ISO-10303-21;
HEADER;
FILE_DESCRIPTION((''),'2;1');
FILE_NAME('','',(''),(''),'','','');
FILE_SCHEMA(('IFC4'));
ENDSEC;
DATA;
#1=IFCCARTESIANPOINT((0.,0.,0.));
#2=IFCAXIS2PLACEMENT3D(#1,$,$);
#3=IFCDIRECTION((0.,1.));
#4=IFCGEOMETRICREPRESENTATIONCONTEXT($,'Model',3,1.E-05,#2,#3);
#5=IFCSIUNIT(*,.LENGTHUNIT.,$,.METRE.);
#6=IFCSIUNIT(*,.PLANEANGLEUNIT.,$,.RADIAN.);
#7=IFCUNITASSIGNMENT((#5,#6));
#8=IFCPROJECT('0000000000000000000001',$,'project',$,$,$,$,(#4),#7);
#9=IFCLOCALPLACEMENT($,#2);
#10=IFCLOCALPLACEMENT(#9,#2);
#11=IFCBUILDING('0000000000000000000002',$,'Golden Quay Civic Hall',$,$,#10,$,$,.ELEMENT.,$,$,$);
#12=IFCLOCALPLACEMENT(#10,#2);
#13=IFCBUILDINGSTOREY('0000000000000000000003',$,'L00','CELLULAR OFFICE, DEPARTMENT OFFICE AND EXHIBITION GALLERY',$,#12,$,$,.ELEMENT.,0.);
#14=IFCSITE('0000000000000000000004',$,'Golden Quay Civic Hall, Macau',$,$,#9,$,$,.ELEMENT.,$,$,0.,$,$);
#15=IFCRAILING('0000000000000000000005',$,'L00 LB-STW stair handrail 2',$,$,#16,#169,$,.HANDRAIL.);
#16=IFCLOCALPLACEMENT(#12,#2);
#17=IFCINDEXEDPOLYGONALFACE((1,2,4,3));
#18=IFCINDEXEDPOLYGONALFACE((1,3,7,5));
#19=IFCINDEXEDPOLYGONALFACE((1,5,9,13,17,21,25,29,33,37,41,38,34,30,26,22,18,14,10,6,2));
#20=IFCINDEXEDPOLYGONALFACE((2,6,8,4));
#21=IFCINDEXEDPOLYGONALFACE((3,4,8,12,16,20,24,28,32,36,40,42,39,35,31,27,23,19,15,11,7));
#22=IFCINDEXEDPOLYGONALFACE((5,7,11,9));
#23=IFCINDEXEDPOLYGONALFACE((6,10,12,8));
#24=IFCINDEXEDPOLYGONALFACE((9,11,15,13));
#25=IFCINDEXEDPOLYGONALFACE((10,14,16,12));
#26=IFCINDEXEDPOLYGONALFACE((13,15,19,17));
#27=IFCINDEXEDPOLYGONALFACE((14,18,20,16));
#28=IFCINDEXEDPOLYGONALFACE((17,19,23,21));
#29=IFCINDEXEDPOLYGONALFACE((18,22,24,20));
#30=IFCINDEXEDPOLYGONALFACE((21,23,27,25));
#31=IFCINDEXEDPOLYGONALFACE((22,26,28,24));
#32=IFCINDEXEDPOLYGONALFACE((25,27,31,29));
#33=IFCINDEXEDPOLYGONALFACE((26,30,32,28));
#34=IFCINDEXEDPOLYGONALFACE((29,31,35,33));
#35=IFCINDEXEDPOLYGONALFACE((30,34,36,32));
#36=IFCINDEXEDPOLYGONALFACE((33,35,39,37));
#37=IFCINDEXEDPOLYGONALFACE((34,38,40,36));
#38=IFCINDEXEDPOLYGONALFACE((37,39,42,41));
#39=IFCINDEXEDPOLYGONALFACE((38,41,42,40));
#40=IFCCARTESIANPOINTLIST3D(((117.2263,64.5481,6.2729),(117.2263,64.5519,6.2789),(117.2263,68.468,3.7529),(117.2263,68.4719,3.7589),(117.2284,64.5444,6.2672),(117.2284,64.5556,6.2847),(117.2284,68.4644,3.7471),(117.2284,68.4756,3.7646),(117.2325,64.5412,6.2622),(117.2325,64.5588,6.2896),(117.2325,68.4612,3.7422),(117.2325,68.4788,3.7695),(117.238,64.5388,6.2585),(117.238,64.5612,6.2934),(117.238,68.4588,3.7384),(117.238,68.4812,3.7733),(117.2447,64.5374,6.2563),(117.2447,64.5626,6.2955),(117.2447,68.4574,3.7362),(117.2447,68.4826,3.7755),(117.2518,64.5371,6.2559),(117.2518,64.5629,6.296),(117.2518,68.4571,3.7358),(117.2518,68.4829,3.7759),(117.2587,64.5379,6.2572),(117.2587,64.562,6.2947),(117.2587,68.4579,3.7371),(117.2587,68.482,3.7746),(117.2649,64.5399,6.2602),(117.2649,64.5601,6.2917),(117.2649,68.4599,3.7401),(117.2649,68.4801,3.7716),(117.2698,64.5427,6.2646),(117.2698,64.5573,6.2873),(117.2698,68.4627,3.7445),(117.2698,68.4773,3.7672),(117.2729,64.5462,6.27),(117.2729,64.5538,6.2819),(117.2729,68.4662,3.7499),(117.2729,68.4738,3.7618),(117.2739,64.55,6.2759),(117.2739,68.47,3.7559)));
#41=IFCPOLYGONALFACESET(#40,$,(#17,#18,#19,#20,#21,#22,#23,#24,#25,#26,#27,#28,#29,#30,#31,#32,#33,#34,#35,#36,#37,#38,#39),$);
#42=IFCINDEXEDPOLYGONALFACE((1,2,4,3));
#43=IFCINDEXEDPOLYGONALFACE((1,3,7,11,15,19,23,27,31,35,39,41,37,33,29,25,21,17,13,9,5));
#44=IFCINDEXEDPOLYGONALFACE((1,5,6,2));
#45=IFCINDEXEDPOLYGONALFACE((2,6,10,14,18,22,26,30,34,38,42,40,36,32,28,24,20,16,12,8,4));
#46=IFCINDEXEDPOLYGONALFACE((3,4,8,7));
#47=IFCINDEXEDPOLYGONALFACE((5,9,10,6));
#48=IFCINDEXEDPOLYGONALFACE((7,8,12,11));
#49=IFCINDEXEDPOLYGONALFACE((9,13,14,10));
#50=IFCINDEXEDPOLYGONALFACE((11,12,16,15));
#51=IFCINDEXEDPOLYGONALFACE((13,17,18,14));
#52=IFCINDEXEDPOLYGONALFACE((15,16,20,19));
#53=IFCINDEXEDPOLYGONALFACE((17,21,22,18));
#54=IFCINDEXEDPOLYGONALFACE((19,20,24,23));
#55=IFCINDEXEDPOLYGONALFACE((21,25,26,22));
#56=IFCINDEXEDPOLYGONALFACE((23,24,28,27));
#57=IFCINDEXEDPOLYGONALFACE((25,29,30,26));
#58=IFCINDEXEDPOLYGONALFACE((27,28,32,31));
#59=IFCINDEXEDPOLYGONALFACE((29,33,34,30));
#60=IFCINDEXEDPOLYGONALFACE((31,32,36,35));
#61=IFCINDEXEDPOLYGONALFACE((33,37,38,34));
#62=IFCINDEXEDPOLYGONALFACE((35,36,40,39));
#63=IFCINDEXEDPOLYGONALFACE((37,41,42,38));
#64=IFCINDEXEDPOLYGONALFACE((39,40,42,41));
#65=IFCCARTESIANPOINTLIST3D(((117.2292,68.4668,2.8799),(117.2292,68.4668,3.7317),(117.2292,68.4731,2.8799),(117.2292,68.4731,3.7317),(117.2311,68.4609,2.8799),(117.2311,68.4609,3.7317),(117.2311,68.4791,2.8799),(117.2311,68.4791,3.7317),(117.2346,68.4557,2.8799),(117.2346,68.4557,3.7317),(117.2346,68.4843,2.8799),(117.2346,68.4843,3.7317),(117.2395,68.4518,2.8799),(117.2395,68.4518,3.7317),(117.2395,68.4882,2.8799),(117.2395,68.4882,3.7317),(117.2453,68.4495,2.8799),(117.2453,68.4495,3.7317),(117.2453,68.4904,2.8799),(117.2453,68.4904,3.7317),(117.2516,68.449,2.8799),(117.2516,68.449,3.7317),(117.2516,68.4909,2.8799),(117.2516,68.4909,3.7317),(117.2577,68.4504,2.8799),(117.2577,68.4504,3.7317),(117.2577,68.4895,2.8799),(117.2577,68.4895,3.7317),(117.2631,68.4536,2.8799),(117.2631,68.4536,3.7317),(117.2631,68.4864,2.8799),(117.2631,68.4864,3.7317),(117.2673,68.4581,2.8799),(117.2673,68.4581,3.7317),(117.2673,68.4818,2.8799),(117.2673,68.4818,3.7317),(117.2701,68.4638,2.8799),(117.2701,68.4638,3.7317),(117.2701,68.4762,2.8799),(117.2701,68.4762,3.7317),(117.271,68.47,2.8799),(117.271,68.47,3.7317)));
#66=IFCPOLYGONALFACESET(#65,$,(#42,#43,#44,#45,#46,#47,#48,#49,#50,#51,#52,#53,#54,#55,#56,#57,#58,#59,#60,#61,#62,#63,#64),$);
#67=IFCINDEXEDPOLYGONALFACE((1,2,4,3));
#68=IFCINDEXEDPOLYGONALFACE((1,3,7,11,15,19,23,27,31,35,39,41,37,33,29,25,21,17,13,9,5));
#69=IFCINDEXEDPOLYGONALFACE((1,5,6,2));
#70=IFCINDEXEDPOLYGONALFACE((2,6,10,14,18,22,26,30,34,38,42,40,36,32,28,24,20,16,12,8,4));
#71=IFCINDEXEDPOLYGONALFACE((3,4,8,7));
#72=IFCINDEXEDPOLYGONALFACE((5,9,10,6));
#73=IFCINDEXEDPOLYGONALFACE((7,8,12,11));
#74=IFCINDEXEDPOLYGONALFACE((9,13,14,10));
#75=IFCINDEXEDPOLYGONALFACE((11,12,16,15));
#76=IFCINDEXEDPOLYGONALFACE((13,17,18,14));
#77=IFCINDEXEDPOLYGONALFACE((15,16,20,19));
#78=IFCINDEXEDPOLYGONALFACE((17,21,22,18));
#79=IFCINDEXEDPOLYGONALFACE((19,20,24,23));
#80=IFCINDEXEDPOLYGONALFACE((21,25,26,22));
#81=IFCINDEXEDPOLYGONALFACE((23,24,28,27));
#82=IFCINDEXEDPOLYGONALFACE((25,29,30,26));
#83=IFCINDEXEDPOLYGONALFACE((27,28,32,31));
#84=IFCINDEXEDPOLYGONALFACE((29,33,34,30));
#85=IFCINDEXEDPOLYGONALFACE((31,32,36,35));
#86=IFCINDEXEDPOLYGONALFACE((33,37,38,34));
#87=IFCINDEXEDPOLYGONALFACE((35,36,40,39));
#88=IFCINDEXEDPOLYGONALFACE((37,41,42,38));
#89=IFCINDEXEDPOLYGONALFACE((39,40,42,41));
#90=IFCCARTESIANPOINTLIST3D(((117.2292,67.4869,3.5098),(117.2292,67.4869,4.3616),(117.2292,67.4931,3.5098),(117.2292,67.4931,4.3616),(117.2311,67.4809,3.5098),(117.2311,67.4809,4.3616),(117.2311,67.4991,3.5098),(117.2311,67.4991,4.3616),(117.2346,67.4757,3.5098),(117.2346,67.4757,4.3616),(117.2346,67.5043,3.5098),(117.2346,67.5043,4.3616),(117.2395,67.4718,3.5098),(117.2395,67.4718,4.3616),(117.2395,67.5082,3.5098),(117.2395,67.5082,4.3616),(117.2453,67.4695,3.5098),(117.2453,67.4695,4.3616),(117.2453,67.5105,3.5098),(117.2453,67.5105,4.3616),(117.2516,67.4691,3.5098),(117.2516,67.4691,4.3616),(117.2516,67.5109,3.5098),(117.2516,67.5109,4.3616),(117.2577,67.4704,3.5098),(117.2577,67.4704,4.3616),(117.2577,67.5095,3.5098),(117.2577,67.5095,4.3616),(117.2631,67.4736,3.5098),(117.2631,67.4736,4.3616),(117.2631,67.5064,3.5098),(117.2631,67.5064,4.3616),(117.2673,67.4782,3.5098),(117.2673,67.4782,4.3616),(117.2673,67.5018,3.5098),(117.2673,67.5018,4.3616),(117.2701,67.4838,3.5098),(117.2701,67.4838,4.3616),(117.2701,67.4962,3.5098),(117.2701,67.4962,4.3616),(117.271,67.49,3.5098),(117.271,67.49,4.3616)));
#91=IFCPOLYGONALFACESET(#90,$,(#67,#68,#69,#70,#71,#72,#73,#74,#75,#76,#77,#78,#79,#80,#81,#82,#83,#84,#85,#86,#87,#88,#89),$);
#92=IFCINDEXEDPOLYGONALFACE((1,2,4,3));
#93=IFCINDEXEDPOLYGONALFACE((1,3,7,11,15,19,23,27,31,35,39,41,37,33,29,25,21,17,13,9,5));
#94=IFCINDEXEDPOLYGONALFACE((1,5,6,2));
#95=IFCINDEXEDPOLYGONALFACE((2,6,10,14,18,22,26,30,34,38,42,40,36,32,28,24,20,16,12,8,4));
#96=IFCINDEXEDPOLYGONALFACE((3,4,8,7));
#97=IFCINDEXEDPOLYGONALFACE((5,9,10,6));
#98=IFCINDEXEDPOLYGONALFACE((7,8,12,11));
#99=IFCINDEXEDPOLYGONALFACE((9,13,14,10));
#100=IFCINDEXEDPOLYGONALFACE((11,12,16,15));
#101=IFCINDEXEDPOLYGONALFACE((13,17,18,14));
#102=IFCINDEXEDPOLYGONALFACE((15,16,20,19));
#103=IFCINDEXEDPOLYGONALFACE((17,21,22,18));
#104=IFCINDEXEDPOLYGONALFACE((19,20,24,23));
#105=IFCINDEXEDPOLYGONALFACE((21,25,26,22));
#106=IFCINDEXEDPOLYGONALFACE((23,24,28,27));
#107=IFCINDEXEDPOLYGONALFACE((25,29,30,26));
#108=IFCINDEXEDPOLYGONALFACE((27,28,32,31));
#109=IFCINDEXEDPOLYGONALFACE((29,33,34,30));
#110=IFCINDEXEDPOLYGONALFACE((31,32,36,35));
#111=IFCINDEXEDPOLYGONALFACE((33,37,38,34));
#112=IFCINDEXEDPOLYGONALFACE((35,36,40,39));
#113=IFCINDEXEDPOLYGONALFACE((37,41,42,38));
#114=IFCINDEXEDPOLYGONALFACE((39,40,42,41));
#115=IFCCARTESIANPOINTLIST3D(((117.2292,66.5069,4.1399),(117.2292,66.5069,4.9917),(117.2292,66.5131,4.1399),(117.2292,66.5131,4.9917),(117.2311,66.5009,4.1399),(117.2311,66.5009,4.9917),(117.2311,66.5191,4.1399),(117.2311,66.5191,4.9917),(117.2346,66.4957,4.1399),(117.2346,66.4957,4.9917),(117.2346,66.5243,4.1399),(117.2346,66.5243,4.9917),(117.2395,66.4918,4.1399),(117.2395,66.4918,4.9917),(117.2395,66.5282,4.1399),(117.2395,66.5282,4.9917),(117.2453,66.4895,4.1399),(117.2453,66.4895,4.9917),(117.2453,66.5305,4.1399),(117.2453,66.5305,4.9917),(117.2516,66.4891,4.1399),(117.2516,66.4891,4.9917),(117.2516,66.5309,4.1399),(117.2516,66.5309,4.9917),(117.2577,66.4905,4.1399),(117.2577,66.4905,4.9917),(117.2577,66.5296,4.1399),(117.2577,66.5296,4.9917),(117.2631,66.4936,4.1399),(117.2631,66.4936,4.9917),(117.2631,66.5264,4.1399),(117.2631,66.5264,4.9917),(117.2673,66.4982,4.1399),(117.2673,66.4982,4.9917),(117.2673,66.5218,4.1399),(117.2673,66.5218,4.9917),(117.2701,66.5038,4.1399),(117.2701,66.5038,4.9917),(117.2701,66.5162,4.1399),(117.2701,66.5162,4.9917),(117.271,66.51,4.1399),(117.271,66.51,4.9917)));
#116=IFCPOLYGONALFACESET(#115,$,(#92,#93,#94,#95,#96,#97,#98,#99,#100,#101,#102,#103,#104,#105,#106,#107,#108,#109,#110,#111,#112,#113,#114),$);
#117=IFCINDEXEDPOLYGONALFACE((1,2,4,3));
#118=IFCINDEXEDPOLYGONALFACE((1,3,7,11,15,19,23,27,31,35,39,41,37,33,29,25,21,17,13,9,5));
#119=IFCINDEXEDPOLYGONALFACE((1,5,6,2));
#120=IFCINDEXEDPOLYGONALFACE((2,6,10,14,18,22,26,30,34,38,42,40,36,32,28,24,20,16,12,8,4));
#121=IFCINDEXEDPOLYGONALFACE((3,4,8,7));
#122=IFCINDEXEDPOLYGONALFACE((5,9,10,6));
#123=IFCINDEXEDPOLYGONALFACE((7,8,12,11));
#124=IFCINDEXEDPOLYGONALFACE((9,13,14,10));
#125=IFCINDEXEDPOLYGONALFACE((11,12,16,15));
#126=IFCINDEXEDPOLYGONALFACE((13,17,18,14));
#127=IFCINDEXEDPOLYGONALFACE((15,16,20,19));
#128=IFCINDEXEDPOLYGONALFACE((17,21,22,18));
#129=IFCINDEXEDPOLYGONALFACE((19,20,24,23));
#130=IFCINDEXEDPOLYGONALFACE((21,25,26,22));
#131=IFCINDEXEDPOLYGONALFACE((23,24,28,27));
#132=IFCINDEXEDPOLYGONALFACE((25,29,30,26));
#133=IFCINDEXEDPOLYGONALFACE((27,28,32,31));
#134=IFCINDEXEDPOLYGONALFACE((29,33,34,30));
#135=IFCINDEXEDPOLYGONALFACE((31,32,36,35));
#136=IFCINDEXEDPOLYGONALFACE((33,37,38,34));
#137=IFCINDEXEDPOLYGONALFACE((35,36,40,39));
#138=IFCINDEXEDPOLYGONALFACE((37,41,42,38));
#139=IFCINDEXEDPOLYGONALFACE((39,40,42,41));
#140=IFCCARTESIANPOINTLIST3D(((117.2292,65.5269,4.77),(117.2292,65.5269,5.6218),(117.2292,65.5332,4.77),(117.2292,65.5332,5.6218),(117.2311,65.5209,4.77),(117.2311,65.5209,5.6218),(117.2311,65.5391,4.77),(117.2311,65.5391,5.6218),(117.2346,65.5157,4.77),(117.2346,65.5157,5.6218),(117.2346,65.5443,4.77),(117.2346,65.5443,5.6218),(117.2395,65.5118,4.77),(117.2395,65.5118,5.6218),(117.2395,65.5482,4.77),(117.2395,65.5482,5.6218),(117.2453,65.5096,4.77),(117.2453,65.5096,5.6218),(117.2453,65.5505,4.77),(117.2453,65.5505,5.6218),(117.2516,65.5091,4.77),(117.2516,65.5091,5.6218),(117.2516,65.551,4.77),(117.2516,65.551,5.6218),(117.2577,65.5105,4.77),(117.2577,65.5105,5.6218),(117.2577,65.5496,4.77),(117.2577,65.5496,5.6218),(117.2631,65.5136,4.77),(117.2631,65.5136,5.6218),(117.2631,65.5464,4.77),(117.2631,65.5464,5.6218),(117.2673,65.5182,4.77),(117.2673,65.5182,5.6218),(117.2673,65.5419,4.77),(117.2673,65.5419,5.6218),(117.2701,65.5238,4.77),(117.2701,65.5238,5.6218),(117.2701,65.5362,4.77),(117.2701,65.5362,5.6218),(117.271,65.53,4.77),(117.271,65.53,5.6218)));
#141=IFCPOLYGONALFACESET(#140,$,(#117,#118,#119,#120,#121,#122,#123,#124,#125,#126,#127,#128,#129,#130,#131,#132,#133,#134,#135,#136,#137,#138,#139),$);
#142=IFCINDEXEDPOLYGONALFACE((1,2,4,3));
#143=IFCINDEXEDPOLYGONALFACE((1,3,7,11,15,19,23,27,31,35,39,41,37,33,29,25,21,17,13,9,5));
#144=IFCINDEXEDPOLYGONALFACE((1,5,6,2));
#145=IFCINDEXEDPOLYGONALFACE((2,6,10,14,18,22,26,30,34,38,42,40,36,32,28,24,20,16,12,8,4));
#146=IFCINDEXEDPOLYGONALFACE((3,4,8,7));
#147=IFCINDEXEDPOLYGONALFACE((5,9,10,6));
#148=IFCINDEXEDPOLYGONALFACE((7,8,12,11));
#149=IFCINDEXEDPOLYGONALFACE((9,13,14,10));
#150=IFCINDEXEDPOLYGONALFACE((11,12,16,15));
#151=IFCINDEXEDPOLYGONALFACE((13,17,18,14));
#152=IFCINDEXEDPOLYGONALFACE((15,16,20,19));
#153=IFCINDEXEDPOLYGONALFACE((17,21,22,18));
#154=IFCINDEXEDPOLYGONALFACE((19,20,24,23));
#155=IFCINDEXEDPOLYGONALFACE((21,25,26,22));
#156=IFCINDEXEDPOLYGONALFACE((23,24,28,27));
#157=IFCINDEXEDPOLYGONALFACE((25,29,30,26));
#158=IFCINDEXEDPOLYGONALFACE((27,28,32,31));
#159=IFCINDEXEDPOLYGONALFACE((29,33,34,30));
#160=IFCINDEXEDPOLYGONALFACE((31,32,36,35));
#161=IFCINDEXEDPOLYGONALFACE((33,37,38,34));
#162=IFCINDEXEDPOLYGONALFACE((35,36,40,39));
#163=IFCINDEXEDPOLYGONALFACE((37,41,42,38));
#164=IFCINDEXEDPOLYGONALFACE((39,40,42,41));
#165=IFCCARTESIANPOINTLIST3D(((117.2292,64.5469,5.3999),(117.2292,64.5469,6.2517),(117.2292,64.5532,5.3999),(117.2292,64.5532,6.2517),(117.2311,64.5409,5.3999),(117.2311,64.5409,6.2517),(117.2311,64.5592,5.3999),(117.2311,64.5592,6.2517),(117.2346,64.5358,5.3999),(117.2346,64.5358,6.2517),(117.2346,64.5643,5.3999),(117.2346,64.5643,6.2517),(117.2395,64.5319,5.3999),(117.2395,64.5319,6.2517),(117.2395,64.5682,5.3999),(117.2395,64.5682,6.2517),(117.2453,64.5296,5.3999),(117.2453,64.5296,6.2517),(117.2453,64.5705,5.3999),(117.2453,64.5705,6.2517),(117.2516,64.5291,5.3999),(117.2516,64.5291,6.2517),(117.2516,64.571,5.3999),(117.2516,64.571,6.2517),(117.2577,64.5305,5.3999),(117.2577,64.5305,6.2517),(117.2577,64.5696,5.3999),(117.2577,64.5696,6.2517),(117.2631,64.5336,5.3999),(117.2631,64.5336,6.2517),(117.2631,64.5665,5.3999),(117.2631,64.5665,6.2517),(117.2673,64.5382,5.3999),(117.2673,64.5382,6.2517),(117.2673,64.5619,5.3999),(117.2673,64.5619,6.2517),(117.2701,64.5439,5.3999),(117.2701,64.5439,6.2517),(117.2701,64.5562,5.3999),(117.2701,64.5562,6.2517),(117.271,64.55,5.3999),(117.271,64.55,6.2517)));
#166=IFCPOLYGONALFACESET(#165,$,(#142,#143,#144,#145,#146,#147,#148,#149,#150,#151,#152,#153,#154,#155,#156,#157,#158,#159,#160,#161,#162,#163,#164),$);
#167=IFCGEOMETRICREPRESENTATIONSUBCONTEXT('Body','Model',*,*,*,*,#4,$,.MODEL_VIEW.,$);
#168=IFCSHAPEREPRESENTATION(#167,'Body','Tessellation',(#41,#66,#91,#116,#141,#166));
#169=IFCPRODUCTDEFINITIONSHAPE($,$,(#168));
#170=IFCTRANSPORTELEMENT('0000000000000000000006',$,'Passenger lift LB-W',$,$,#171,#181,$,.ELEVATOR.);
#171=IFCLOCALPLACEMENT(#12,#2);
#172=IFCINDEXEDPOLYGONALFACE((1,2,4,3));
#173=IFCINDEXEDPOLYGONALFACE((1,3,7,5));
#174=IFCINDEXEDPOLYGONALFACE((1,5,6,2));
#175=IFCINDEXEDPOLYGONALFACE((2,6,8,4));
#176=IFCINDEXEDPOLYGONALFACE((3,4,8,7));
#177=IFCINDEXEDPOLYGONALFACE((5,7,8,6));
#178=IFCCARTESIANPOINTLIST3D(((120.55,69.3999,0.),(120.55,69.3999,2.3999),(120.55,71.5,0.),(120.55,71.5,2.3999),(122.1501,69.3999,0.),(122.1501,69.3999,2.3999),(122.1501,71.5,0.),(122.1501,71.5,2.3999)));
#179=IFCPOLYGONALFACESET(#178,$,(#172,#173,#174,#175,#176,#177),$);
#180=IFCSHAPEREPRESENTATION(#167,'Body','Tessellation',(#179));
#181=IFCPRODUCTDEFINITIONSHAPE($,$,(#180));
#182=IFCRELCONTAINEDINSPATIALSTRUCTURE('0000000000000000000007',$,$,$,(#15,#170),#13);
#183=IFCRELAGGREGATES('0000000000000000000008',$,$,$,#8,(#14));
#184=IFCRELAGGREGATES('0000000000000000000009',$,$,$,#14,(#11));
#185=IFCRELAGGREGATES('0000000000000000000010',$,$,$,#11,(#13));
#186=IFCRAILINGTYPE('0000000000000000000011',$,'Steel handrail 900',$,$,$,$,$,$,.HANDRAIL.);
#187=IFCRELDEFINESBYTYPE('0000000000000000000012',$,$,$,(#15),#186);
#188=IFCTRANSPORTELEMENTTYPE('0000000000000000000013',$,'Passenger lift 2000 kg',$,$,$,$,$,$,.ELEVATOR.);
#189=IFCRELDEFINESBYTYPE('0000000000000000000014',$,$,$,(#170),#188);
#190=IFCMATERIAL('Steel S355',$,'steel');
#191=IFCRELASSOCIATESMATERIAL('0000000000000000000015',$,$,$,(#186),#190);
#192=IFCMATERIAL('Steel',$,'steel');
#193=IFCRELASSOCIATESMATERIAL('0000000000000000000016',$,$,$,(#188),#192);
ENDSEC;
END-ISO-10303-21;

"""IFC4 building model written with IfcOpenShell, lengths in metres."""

from ifc_helpers import new_model, si_unit, direction, frame, origin, origin_2d, place, context, subcontext, project, spatial, rectangle, circle, extrude, material, type_object, element, save


model = new_model("IFC4")

# Units and contexts
model_context = context("Model", 3, precision=1e-05, world=origin(), true_north=direction((0.0, 1.0)))
body_context = subcontext(model_context, "Body", "Model", "MODEL_VIEW")
ifc_project = project(units=[si_unit("LENGTHUNIT", "METRE"), si_unit("PLANEANGLEUNIT", "RADIAN")], contexts=[model_context])

# Site, building, storey
site_placement = place(None, origin())
site = spatial("IfcSite", under=ifc_project, at=site_placement, Name="Golden Quay Civic Hall, Macau", CompositionType="ELEMENT", RefElevation=0.0)
building_placement = place(site_placement, origin())
building = spatial("IfcBuilding", under=site, at=building_placement, Name="Golden Quay Civic Hall", CompositionType="ELEMENT")
storey_placement = place(building_placement, origin())
storey = spatial("IfcBuildingStorey", under=building, at=storey_placement, Name="L00", Description="CELLULAR OFFICE, DEPARTMENT OFFICE AND EXHIBITION GALLERY", CompositionType="ELEMENT", Elevation=0.0)

# Railing
ifc_material_1 = material(Name="Steel S355", Category="steel")
railing_type_1 = type_object("IfcRailingType", Name="Steel handrail 900", PredefinedType="HANDRAIL", material=ifc_material_1)
railing_1_placement = place(storey_placement, frame((117.25, 68.47, 2.8799)))
element("IfcRailing", 1, at=railing_1_placement, inside=storey, type_object=railing_type_1, Name="L00 LB-STW stair handrail 2", PredefinedType="HANDRAIL", context=body_context, shape_type="SweptSolid", body=[
    extrude(circle(Radius=0.0239, at=origin_2d()), frame((0.0, 0.0, 0.876), z_axis=(0.0, -0.841172, 0.540768), x_axis=(1.0, 0.0, 0.0)), (0.0, 0.0, 1.0), 4.6602),
    extrude(circle(Radius=0.021, at=origin_2d()), origin(), (0.0, 0.0, 1.0), 0.8518),
    extrude(circle(Radius=0.021, at=origin_2d()), frame((0.0, -0.98, 0.6299)), (0.0, 0.0, 1.0), 0.8518),
    extrude(circle(Radius=0.021, at=origin_2d()), frame((0.0, -1.96, 1.26)), (0.0, 0.0, 1.0), 0.8518),
    extrude(circle(Radius=0.021, at=origin_2d()), frame((0.0, -2.9399, 1.8901)), (0.0, 0.0, 1.0), 0.8518),
    extrude(circle(Radius=0.021, at=origin_2d()), frame((0.0, -3.9199, 2.52)), (0.0, 0.0, 1.0), 0.8518),
])

# Transport element
ifc_material_2 = material(Name="Steel", Category="steel")
transport_element_type = type_object("IfcTransportElementType", Name="Passenger lift 2000 kg", PredefinedType="ELEVATOR", material=ifc_material_2)
transport_element_placement = place(storey_placement, frame((121.3501, 70.45, 0.0), z_axis=(0.0, 0.0, 1.0), x_axis=(1.0, 0.0, 0.0)))
element("IfcTransportElement", 2, at=transport_element_placement, inside=storey, type_object=transport_element_type, Name="Passenger lift LB-W", PredefinedType="ELEVATOR", context=body_context, shape_type="SweptSolid", body=[
    extrude(rectangle(XDim=1.6001, YDim=2.1001, at=origin_2d()), origin(), (0.0, 0.0, 1.0), 2.3999),
])

save(model, "model.ifc")
